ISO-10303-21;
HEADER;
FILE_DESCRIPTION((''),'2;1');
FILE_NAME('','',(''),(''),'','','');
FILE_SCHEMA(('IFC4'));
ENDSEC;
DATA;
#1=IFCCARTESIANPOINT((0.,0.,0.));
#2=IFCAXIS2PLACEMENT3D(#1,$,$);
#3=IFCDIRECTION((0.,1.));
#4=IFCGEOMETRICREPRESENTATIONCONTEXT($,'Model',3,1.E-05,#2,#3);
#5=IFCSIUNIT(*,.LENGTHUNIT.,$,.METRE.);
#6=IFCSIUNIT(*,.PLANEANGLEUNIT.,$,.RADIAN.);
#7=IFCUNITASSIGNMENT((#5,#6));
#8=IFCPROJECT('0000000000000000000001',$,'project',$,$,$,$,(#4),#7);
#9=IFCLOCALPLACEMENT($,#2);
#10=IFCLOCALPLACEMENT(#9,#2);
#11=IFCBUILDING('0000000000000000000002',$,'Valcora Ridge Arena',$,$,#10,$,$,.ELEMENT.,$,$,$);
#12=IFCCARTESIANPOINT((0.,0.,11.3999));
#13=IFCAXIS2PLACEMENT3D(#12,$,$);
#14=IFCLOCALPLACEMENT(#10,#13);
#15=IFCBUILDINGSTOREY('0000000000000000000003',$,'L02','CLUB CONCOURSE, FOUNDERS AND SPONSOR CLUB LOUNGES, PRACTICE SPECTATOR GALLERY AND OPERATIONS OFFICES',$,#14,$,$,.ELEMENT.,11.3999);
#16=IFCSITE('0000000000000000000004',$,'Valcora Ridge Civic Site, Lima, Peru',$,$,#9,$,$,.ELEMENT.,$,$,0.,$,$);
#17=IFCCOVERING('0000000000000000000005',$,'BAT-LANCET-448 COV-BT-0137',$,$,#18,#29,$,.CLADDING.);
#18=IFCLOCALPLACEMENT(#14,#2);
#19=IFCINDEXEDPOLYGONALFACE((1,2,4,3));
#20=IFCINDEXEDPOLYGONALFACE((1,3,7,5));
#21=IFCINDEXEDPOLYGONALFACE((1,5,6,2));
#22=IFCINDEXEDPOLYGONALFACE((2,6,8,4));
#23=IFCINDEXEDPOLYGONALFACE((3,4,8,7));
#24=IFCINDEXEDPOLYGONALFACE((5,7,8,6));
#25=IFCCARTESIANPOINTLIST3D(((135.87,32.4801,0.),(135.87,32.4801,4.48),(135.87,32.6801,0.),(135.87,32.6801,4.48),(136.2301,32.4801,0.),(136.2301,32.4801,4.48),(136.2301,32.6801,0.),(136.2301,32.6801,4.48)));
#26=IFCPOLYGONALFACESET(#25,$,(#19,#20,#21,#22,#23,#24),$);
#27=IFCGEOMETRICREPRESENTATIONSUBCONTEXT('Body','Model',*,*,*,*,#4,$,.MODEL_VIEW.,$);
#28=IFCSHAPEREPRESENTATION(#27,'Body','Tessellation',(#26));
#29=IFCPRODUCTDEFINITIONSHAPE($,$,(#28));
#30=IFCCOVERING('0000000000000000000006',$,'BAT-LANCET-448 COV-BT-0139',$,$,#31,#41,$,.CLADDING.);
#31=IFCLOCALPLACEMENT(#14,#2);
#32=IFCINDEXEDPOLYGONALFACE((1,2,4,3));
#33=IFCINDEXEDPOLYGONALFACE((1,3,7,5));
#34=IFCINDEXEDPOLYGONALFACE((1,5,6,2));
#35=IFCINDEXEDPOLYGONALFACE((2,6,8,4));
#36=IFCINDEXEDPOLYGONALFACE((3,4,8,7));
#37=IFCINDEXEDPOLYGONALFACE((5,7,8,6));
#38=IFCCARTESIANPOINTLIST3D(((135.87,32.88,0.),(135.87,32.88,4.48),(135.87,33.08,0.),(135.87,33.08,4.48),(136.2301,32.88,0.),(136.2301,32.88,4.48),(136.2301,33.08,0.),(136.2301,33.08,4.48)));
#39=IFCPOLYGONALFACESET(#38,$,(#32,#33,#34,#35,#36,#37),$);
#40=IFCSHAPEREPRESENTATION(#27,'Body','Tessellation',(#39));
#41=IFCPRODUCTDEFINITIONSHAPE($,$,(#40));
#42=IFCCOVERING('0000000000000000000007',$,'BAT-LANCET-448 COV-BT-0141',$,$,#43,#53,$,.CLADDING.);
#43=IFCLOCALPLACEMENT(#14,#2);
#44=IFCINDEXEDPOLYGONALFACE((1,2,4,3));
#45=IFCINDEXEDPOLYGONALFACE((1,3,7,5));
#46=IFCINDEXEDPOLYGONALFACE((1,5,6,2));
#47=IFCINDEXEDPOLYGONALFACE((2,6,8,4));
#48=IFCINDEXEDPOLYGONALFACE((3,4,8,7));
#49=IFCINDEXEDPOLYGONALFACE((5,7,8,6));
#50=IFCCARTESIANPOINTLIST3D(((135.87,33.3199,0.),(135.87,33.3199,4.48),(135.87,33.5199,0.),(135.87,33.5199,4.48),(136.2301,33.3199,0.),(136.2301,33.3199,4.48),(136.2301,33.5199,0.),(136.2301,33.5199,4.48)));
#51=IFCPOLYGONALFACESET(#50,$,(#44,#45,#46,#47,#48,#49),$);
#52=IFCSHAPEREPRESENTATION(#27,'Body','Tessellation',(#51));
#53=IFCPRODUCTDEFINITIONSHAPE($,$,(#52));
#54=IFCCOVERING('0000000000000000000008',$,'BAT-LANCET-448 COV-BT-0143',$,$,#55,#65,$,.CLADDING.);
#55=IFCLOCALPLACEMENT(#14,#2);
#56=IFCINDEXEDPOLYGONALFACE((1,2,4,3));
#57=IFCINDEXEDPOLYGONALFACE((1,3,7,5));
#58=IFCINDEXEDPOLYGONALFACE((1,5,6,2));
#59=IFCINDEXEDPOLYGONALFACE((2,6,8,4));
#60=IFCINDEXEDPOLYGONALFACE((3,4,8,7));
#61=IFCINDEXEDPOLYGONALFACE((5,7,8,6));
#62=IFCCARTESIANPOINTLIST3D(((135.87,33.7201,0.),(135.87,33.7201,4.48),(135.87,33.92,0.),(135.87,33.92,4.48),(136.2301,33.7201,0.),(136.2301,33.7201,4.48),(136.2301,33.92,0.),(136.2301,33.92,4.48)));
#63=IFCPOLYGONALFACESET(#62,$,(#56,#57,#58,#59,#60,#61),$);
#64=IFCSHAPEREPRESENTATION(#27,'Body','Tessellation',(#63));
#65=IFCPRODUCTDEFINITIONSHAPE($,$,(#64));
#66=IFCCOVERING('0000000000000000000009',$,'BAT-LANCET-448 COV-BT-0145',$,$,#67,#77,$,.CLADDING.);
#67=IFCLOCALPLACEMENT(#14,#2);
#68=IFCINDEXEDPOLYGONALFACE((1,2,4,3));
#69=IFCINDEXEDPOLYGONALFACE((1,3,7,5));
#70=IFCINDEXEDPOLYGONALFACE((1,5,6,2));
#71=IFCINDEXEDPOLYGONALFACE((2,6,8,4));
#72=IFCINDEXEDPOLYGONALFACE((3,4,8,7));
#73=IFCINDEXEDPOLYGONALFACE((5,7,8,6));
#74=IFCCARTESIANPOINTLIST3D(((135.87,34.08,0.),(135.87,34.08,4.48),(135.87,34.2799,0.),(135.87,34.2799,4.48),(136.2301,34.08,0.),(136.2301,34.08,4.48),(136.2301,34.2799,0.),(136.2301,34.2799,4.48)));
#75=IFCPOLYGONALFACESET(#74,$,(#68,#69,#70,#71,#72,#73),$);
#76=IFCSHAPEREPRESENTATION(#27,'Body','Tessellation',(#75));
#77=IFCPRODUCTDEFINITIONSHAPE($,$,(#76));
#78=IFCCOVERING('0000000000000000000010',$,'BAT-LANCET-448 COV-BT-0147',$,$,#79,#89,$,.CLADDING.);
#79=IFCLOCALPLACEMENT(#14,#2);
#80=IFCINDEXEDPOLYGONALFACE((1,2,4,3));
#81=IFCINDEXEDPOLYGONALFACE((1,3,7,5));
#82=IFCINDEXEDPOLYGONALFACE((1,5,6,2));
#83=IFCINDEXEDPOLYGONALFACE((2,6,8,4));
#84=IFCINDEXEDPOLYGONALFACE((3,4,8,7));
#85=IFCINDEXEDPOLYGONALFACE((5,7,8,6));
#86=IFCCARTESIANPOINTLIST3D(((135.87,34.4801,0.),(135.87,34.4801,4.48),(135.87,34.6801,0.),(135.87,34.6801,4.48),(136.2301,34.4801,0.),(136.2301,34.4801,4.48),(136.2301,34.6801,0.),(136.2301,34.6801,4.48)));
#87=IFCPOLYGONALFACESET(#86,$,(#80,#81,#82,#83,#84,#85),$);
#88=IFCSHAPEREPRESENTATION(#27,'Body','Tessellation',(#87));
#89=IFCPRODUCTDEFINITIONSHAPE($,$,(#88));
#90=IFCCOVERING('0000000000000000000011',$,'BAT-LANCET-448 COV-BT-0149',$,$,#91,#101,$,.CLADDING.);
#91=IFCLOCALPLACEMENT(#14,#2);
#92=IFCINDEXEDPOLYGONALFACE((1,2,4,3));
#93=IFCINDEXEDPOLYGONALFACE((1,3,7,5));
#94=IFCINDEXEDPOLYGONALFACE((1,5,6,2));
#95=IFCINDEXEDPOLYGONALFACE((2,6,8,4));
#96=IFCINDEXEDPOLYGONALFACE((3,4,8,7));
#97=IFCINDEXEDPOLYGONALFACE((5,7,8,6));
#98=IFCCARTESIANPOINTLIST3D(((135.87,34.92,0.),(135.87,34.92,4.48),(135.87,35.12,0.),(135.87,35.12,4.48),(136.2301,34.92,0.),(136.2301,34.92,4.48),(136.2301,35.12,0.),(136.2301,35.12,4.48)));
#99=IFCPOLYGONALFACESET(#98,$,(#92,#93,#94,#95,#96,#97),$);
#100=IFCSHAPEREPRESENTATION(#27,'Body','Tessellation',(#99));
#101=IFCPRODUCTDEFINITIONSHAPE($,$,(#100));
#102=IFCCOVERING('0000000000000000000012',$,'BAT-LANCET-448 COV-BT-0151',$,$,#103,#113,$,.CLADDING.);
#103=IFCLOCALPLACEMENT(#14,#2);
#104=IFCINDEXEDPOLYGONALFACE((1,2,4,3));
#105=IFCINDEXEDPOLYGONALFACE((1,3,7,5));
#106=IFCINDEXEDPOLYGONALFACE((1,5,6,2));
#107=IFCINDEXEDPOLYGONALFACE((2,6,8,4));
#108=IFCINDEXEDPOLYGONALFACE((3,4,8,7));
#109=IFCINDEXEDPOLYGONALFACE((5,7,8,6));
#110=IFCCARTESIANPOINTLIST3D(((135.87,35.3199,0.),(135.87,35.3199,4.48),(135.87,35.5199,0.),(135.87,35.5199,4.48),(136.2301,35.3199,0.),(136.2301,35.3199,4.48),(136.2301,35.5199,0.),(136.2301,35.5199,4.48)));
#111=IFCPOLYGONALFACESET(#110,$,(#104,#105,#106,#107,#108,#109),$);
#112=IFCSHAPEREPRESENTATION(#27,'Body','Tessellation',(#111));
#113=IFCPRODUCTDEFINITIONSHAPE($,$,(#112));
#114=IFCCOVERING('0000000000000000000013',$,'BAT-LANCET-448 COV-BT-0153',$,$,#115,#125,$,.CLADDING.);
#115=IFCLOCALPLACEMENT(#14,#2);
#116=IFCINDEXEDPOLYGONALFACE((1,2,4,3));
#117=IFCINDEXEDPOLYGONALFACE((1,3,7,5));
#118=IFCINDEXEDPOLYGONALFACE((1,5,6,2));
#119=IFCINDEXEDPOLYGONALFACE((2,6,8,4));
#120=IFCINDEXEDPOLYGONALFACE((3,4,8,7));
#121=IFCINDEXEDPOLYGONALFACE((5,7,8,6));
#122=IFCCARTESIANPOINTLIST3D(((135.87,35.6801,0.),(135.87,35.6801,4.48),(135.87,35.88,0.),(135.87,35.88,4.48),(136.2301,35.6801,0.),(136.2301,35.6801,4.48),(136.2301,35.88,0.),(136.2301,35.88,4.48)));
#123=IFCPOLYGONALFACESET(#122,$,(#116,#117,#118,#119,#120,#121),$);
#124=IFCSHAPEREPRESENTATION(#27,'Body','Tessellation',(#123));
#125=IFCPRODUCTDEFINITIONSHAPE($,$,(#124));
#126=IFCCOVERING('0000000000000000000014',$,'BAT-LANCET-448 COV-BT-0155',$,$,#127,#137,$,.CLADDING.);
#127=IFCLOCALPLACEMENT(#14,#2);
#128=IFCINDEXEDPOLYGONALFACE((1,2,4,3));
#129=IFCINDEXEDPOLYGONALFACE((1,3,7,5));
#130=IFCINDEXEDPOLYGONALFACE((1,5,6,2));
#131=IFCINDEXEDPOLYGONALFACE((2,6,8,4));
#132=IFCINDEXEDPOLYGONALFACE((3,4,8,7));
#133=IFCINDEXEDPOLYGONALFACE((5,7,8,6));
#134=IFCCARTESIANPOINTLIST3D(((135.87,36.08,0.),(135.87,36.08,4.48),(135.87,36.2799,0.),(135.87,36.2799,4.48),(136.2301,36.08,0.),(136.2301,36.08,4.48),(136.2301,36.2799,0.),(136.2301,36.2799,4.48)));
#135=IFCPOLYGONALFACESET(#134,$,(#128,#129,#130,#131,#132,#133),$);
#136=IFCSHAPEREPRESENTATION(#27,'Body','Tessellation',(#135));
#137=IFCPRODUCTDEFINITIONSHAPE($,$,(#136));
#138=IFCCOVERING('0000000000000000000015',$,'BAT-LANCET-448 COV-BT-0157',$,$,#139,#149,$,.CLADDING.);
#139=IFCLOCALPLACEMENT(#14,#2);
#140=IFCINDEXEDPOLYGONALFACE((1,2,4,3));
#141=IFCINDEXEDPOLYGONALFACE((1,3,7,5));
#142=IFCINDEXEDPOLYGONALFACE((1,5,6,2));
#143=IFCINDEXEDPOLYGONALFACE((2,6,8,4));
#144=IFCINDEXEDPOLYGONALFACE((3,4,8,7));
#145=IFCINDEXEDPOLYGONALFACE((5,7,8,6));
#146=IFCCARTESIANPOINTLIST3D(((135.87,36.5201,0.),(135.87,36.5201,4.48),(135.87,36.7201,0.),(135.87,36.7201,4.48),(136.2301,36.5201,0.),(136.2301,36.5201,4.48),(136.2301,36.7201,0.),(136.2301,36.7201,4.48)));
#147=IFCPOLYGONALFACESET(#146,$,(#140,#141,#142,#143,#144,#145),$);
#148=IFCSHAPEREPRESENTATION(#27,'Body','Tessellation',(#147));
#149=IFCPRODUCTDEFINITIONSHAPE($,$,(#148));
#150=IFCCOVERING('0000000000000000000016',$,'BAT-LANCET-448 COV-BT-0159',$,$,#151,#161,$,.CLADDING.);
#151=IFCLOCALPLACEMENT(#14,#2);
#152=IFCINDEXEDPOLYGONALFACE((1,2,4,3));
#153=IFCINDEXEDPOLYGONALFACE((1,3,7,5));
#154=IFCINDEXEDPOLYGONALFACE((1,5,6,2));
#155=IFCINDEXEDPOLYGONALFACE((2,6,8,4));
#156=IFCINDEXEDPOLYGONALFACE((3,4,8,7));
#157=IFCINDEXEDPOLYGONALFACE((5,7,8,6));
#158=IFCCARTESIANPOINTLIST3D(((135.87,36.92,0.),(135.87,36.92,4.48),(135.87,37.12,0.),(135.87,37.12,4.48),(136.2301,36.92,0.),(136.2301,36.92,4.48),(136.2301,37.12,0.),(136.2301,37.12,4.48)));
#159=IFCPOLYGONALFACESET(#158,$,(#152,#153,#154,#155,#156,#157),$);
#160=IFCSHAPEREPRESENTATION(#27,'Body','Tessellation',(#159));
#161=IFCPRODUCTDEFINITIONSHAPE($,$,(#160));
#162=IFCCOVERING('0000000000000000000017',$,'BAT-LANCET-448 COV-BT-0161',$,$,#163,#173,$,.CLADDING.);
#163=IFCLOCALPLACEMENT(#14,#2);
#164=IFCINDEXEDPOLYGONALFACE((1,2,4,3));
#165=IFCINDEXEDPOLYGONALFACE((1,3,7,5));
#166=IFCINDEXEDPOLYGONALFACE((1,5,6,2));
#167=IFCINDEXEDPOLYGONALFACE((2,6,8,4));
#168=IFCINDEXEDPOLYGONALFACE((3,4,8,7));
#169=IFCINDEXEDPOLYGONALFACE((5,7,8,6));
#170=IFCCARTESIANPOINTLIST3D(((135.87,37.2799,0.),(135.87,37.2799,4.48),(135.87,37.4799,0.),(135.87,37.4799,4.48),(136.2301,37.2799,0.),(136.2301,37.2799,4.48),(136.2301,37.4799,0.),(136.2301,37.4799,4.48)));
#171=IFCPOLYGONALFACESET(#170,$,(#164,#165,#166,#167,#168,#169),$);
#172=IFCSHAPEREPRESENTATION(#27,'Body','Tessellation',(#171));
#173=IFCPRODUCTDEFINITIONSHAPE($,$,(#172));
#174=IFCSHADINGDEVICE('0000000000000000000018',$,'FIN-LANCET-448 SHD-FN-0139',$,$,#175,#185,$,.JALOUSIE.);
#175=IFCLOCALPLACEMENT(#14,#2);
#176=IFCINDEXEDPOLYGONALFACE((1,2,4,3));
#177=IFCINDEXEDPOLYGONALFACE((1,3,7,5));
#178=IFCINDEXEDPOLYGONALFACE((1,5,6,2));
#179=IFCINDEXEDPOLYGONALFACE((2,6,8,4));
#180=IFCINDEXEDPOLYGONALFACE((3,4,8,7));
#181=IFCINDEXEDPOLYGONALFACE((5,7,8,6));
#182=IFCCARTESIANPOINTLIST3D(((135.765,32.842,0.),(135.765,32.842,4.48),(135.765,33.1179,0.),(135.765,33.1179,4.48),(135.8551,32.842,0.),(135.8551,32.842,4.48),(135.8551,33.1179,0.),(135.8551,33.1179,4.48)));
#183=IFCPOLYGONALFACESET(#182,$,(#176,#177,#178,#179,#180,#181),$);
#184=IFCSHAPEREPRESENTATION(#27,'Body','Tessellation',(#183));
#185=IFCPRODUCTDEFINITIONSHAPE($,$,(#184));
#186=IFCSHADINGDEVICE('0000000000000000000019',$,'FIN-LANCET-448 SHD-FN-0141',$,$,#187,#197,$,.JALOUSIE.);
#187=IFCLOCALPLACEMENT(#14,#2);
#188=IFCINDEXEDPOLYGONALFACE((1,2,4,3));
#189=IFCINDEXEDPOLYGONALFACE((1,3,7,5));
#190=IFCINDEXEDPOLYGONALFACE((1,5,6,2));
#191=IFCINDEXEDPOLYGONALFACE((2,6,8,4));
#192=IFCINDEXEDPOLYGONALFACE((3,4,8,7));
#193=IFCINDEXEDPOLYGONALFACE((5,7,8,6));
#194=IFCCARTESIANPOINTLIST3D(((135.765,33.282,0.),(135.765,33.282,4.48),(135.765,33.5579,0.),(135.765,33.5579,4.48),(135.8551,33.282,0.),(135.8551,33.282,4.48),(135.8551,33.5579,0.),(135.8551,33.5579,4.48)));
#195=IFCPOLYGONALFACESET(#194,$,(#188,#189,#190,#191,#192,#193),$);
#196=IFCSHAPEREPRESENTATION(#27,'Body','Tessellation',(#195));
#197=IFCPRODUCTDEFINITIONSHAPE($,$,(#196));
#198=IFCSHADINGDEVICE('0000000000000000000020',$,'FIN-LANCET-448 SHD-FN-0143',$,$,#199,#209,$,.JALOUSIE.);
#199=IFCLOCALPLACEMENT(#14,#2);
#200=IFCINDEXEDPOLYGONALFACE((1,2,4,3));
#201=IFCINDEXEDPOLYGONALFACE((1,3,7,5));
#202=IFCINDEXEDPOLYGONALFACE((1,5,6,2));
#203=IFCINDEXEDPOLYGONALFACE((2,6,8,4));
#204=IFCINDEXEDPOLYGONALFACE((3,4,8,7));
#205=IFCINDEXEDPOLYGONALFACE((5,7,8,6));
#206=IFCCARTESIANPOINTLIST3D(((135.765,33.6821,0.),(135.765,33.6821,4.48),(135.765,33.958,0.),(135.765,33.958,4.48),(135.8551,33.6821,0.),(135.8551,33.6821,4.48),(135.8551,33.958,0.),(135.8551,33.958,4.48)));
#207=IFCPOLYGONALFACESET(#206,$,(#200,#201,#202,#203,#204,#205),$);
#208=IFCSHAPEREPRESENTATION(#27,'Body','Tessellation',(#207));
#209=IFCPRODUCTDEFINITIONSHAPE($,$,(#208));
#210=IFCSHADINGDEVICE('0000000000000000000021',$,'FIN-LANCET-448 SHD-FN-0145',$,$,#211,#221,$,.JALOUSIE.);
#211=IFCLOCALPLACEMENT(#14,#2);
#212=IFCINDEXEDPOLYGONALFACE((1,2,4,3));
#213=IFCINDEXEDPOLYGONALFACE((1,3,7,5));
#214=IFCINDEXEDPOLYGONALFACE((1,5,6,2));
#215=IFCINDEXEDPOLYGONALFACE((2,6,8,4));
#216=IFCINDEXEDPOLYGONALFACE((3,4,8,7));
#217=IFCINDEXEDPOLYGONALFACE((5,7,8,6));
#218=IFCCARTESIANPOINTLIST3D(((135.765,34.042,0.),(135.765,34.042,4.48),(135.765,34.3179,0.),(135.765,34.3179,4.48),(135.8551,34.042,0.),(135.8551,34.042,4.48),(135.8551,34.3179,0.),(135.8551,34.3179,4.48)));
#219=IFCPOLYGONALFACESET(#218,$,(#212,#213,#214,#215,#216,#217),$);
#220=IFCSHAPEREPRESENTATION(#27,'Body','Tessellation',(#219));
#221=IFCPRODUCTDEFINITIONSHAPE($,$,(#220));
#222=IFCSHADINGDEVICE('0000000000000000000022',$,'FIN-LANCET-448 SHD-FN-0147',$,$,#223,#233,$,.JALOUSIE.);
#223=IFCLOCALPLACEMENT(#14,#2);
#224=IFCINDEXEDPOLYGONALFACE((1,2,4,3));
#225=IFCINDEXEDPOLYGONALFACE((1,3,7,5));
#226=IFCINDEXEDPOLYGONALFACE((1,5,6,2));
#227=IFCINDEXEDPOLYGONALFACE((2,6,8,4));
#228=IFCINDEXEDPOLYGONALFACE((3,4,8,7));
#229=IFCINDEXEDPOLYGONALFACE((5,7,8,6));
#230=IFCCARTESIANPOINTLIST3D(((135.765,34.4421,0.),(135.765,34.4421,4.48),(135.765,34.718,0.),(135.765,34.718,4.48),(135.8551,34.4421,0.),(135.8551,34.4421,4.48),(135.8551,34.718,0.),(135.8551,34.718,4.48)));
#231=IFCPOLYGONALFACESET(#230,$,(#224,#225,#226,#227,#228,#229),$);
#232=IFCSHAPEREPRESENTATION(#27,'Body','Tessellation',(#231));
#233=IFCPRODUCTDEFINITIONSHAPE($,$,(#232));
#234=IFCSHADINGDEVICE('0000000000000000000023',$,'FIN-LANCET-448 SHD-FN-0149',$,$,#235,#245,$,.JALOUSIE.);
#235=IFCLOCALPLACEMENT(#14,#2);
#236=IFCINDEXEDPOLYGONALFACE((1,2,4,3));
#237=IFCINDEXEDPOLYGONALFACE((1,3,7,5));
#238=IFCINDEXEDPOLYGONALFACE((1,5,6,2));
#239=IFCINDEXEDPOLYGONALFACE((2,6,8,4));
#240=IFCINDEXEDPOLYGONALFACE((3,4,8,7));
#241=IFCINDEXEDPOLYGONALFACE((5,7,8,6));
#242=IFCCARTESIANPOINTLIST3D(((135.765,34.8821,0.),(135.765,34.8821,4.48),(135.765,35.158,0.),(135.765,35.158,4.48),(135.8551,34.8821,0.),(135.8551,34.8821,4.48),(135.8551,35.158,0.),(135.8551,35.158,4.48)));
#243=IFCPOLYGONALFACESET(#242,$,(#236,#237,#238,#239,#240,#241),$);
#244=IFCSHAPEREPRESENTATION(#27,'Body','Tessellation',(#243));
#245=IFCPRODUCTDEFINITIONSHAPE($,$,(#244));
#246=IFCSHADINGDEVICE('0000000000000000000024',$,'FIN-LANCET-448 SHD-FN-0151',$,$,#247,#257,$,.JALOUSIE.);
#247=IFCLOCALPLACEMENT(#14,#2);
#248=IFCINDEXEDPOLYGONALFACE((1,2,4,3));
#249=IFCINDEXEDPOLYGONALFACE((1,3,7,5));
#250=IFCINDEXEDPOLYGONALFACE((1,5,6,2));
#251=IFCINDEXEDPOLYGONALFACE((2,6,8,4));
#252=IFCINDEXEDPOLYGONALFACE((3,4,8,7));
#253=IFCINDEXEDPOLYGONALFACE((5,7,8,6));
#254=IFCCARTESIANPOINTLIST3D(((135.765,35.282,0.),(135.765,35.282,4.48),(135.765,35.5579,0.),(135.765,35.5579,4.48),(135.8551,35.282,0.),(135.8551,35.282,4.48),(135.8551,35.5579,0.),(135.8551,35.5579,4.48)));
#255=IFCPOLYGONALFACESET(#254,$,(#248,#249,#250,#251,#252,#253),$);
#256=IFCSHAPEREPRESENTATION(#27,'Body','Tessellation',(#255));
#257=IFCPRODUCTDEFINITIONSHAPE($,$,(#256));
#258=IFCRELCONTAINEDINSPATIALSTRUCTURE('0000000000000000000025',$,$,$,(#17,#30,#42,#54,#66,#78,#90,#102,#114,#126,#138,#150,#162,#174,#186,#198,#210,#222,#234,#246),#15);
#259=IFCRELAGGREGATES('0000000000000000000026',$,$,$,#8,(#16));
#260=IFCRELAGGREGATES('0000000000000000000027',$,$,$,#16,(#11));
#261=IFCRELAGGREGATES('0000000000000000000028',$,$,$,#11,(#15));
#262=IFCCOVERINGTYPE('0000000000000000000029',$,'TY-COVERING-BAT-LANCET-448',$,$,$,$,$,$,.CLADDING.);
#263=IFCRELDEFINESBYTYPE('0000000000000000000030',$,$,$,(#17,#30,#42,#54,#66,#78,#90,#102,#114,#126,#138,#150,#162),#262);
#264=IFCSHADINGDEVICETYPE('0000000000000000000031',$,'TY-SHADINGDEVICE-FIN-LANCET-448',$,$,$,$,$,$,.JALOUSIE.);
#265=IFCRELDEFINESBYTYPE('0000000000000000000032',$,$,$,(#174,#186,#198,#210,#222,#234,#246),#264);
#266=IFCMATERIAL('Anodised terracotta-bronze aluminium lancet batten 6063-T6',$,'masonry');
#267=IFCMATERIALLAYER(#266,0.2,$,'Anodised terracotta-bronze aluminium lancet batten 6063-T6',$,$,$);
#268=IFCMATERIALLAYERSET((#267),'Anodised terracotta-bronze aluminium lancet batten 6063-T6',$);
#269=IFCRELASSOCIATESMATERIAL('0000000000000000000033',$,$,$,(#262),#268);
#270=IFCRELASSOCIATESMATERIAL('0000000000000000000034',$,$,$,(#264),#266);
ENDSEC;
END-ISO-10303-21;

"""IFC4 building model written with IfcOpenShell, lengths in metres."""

from ifc_helpers import new_model, si_unit, direction, frame, origin, origin_2d, place, context, subcontext, project, spatial, rectangle, extrude, material, layer, layer_set, material_profile, profile_set, type_object, element, save


model = new_model("IFC4")

# Units and contexts
model_context = context("Model", 3, precision=1e-05, world=origin(), true_north=direction((0.0, 1.0)))
body_context = subcontext(model_context, "Body", "Model", "MODEL_VIEW")
ifc_project = project(units=[si_unit("LENGTHUNIT", "METRE"), si_unit("PLANEANGLEUNIT", "RADIAN")], contexts=[model_context])

# Site, building, storey
site_placement = place(None, origin())
site = spatial("IfcSite", under=ifc_project, at=site_placement, Name="Valcora Ridge Civic Site, Lima, Peru", CompositionType="ELEMENT", RefElevation=0.0)
building_placement = place(site_placement, origin())
building = spatial("IfcBuilding", under=site, at=building_placement, Name="Valcora Ridge Arena", CompositionType="ELEMENT")
storey_placement = place(building_placement, frame((0.0, 0.0, 11.3999)))
storey = spatial("IfcBuildingStorey", under=building, at=storey_placement, Name="L02", Description="CLUB CONCOURSE, FOUNDERS AND SPONSOR CLUB LOUNGES, PRACTICE SPECTATOR GALLERY AND OPERATIONS OFFICES", CompositionType="ELEMENT", Elevation=11.3999)

# Coverings
ifc_material_1 = material(Name="Anodised terracotta-bronze aluminium lancet batten 6063-T6", Category="masonry")
ifc_layer_1 = layer(ifc_material_1, 0.2, Name="Anodised terracotta-bronze aluminium lancet batten 6063-T6")
ifc_layer_set_1 = layer_set([ifc_layer_1], Name="Anodised terracotta-bronze aluminium lancet batten 6063-T6")
covering_type = type_object("IfcCoveringType", Name="TY-COVERING-BAT-LANCET-448", PredefinedType="CLADDING", material=ifc_layer_set_1)
for number, where, z_axis, x_axis, name in (
    (1, (136.05, 32.5801, 0.0), (0.0, 0.0, 1.0), (1.0, 0.0, 0.0), "BAT-LANCET-448 COV-BT-0137"),
    (2, (136.05, 32.98, 0.0), (0.0, 0.0, 1.0), (1.0, 0.0, 0.0), "BAT-LANCET-448 COV-BT-0139"),
    (3, (136.05, 33.4199, 0.0), (0.0, 0.0, 1.0), (1.0, 0.0, 0.0), "BAT-LANCET-448 COV-BT-0141"),
    (4, (136.05, 33.8201, 0.0), (0.0, 0.0, 1.0), (1.0, 0.0, 0.0), "BAT-LANCET-448 COV-BT-0143"),
    (5, (136.05, 34.1799, 0.0), (0.0, 0.0, 1.0), (1.0, 0.0, 0.0), "BAT-LANCET-448 COV-BT-0145"),
    (6, (136.05, 34.5801, 0.0), (0.0, 0.0, 1.0), (1.0, 0.0, 0.0), "BAT-LANCET-448 COV-BT-0147"),
    (7, (136.05, 35.02, 0.0), (0.0, 0.0, 1.0), (1.0, 0.0, 0.0), "BAT-LANCET-448 COV-BT-0149"),
    (8, (136.05, 35.4199, 0.0), (0.0, 0.0, 1.0), (1.0, 0.0, 0.0), "BAT-LANCET-448 COV-BT-0151"),
    (9, (136.05, 35.78, 0.0), (0.0, 0.0, 1.0), (1.0, 0.0, 0.0), "BAT-LANCET-448 COV-BT-0153"),
    (10, (136.05, 36.1799, 0.0), (0.0, 0.0, 1.0), (1.0, 0.0, 0.0), "BAT-LANCET-448 COV-BT-0155"),
    (11, (136.05, 36.6201, 0.0), (0.0, 0.0, 1.0), (1.0, 0.0, 0.0), "BAT-LANCET-448 COV-BT-0157"),
    (12, (136.05, 37.02, 0.0), (0.0, 0.0, 1.0), (1.0, 0.0, 0.0), "BAT-LANCET-448 COV-BT-0159"),
    (13, (136.05, 37.3799, 0.0), (0.0, 0.0, 1.0), (1.0, 0.0, 0.0), "BAT-LANCET-448 COV-BT-0161"),
):
    element("IfcCovering", number, at=place(storey_placement, frame(where, z_axis=z_axis, x_axis=x_axis)), inside=storey, type_object=covering_type, Name=name, PredefinedType="CLADDING", context=body_context, shape_type="SweptSolid", body=[
        extrude(rectangle(XDim=0.3601, YDim=0.2, at=origin_2d()), origin(), (0.0, 0.0, 1.0), 4.48),
    ])

# Shading devices
ifc_material_profile = material_profile(ifc_material_1, rectangle(XDim=0.0901, YDim=0.2759, at=origin_2d()), Name="ALU LANCET BATTEN 90x276")
ifc_profile_set = profile_set([ifc_material_profile], Name="Anodised terracotta-bronze aluminium lancet batten 6063-T6")
shading_device_type = type_object("IfcShadingDeviceType", Name="TY-SHADINGDEVICE-FIN-LANCET-448", PredefinedType="JALOUSIE", material=ifc_profile_set)
for number, where, z_axis, x_axis, name in (
    (14, (135.8101, 32.98, 0.0), (0.0, 0.0, 1.0), (1.0, 0.0, 0.0), "FIN-LANCET-448 SHD-FN-0139"),
    (15, (135.8101, 33.4199, 0.0), (0.0, 0.0, 1.0), (1.0, 0.0, 0.0), "FIN-LANCET-448 SHD-FN-0141"),
    (16, (135.8101, 33.8201, 0.0), (0.0, 0.0, 1.0), (1.0, 0.0, 0.0), "FIN-LANCET-448 SHD-FN-0143"),
    (17, (135.8101, 34.1799, 0.0), (0.0, 0.0, 1.0), (1.0, 0.0, 0.0), "FIN-LANCET-448 SHD-FN-0145"),
    (18, (135.8101, 34.5801, 0.0), (0.0, 0.0, 1.0), (1.0, 0.0, 0.0), "FIN-LANCET-448 SHD-FN-0147"),
    (19, (135.8101, 35.02, 0.0), (0.0, 0.0, 1.0), (1.0, 0.0, 0.0), "FIN-LANCET-448 SHD-FN-0149"),
    (20, (135.8101, 35.4199, 0.0), (0.0, 0.0, 1.0), (1.0, 0.0, 0.0), "FIN-LANCET-448 SHD-FN-0151"),
):
    element("IfcShadingDevice", number, at=place(storey_placement, frame(where, z_axis=z_axis, x_axis=x_axis)), inside=storey, type_object=shading_device_type, Name=name, PredefinedType="JALOUSIE", context=body_context, shape_type="SweptSolid", body=[
        extrude(rectangle(XDim=0.0901, YDim=0.2759, at=origin_2d()), origin(), (0.0, 0.0, 1.0), 4.48),
    ])

save(model, "model.ifc")
